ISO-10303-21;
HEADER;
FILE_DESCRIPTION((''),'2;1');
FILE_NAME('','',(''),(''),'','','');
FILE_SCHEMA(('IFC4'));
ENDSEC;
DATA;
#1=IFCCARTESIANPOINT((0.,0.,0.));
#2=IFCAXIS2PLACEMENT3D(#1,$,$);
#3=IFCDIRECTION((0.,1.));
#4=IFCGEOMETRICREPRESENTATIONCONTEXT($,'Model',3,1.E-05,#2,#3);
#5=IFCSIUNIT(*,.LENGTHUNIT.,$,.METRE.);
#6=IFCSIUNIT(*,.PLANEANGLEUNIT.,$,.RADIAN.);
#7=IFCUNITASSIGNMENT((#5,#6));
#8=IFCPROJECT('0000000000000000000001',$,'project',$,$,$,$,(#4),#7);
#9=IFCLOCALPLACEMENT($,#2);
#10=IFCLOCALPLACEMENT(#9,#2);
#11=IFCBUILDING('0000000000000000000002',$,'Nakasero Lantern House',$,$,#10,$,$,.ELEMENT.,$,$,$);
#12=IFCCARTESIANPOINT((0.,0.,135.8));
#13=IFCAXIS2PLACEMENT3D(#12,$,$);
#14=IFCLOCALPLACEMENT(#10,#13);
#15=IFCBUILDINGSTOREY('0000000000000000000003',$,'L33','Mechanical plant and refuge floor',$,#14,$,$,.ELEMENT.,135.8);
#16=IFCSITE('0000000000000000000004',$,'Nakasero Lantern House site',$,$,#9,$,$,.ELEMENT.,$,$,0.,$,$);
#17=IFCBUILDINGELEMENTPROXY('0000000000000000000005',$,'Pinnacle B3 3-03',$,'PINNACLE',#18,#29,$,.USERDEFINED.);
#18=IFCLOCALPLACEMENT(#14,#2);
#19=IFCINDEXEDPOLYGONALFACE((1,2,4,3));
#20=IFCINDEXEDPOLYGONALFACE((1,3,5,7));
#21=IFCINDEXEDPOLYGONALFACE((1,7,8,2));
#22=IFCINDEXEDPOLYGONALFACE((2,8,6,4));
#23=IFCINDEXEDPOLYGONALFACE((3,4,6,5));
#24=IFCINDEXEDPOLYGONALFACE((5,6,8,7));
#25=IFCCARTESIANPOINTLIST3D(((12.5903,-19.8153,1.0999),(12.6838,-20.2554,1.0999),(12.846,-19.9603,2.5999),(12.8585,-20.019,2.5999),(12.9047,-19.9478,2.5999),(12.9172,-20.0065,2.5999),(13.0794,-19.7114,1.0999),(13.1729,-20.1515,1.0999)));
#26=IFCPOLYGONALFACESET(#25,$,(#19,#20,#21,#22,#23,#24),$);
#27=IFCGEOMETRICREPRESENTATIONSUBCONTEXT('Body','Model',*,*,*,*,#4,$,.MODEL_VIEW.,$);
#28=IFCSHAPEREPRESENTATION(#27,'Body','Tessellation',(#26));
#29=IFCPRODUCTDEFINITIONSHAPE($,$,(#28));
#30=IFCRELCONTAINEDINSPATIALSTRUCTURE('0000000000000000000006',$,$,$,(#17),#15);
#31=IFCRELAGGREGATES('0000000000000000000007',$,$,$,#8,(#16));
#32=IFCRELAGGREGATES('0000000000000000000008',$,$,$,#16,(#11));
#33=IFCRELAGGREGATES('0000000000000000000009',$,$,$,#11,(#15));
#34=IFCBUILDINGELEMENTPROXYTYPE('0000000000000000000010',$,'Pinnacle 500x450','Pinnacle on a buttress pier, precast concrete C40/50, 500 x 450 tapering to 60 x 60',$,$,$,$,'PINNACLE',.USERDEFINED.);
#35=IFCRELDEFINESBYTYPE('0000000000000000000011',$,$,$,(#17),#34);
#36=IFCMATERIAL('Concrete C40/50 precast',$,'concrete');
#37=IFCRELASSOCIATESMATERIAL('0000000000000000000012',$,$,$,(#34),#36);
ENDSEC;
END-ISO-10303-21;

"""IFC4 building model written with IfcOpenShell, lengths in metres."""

from ifc_helpers import new_model, entity, si_unit, direction, frame, origin, place, context, subcontext, project, spatial, material, type_object, element, save


model = new_model("IFC4")

# Units and contexts
model_context = context("Model", 3, precision=1e-05, world=origin(), true_north=direction((0.0, 1.0)))
body_context = subcontext(model_context, "Body", "Model", "MODEL_VIEW")
ifc_project = project(units=[si_unit("LENGTHUNIT", "METRE"), si_unit("PLANEANGLEUNIT", "RADIAN")], contexts=[model_context])

# Site, building, storey
site_placement = place(None, origin())
site = spatial("IfcSite", under=ifc_project, at=site_placement, Name="Nakasero Lantern House site", CompositionType="ELEMENT", RefElevation=0.0)
building_placement = place(site_placement, origin())
building = spatial("IfcBuilding", under=site, at=building_placement, Name="Nakasero Lantern House", CompositionType="ELEMENT")
storey_placement = place(building_placement, frame((0.0, 0.0, 135.8)))
storey = spatial("IfcBuildingStorey", under=building, at=storey_placement, Name="L33", Description="Mechanical plant and refuge floor", CompositionType="ELEMENT", Elevation=135.8)

# Building element proxy
ifc_material_1 = material(Name="Concrete C40/50 precast", Category="concrete")
building_element_proxy_type = type_object("IfcBuildingElementProxyType", Name="Pinnacle 500x450", Description="Pinnacle on a buttress pier, precast concrete C40/50, 500 x 450 tapering to 60 x 60", ElementType="PINNACLE", PredefinedType="USERDEFINED", material=ifc_material_1)
proxy_placement = place(storey_placement, frame((12.8816, -19.9834, 1.0999), z_axis=(0.0, 0.0, 1.0), x_axis=(0.207912, -0.978148, 0.0)))
element("IfcBuildingElementProxy", 1, at=proxy_placement, inside=storey, type_object=building_element_proxy_type, Name="Pinnacle B3 3-03", ObjectType="PINNACLE", PredefinedType="USERDEFINED", context=body_context, shape_type="SweptSolid", body=[
    entity("IfcExtrudedAreaSolidTapered", entity("IfcRectangleProfileDef", "AREA", None, entity("IfcAxis2Placement2D", entity("IfcCartesianPoint", [0.0, 0.0])), 0.45, 0.5), entity("IfcAxis2Placement3D", entity("IfcCartesianPoint", [0.0, 0.0, 0.0])), entity("IfcDirection", [0.0, 0.0, 1.0]), 1.5, entity("IfcRectangleProfileDef", "AREA", None, entity("IfcAxis2Placement2D", entity("IfcCartesianPoint", [0.0, 0.0])), 0.0601, 0.0601)),
])

save(model, "model.ifc")
